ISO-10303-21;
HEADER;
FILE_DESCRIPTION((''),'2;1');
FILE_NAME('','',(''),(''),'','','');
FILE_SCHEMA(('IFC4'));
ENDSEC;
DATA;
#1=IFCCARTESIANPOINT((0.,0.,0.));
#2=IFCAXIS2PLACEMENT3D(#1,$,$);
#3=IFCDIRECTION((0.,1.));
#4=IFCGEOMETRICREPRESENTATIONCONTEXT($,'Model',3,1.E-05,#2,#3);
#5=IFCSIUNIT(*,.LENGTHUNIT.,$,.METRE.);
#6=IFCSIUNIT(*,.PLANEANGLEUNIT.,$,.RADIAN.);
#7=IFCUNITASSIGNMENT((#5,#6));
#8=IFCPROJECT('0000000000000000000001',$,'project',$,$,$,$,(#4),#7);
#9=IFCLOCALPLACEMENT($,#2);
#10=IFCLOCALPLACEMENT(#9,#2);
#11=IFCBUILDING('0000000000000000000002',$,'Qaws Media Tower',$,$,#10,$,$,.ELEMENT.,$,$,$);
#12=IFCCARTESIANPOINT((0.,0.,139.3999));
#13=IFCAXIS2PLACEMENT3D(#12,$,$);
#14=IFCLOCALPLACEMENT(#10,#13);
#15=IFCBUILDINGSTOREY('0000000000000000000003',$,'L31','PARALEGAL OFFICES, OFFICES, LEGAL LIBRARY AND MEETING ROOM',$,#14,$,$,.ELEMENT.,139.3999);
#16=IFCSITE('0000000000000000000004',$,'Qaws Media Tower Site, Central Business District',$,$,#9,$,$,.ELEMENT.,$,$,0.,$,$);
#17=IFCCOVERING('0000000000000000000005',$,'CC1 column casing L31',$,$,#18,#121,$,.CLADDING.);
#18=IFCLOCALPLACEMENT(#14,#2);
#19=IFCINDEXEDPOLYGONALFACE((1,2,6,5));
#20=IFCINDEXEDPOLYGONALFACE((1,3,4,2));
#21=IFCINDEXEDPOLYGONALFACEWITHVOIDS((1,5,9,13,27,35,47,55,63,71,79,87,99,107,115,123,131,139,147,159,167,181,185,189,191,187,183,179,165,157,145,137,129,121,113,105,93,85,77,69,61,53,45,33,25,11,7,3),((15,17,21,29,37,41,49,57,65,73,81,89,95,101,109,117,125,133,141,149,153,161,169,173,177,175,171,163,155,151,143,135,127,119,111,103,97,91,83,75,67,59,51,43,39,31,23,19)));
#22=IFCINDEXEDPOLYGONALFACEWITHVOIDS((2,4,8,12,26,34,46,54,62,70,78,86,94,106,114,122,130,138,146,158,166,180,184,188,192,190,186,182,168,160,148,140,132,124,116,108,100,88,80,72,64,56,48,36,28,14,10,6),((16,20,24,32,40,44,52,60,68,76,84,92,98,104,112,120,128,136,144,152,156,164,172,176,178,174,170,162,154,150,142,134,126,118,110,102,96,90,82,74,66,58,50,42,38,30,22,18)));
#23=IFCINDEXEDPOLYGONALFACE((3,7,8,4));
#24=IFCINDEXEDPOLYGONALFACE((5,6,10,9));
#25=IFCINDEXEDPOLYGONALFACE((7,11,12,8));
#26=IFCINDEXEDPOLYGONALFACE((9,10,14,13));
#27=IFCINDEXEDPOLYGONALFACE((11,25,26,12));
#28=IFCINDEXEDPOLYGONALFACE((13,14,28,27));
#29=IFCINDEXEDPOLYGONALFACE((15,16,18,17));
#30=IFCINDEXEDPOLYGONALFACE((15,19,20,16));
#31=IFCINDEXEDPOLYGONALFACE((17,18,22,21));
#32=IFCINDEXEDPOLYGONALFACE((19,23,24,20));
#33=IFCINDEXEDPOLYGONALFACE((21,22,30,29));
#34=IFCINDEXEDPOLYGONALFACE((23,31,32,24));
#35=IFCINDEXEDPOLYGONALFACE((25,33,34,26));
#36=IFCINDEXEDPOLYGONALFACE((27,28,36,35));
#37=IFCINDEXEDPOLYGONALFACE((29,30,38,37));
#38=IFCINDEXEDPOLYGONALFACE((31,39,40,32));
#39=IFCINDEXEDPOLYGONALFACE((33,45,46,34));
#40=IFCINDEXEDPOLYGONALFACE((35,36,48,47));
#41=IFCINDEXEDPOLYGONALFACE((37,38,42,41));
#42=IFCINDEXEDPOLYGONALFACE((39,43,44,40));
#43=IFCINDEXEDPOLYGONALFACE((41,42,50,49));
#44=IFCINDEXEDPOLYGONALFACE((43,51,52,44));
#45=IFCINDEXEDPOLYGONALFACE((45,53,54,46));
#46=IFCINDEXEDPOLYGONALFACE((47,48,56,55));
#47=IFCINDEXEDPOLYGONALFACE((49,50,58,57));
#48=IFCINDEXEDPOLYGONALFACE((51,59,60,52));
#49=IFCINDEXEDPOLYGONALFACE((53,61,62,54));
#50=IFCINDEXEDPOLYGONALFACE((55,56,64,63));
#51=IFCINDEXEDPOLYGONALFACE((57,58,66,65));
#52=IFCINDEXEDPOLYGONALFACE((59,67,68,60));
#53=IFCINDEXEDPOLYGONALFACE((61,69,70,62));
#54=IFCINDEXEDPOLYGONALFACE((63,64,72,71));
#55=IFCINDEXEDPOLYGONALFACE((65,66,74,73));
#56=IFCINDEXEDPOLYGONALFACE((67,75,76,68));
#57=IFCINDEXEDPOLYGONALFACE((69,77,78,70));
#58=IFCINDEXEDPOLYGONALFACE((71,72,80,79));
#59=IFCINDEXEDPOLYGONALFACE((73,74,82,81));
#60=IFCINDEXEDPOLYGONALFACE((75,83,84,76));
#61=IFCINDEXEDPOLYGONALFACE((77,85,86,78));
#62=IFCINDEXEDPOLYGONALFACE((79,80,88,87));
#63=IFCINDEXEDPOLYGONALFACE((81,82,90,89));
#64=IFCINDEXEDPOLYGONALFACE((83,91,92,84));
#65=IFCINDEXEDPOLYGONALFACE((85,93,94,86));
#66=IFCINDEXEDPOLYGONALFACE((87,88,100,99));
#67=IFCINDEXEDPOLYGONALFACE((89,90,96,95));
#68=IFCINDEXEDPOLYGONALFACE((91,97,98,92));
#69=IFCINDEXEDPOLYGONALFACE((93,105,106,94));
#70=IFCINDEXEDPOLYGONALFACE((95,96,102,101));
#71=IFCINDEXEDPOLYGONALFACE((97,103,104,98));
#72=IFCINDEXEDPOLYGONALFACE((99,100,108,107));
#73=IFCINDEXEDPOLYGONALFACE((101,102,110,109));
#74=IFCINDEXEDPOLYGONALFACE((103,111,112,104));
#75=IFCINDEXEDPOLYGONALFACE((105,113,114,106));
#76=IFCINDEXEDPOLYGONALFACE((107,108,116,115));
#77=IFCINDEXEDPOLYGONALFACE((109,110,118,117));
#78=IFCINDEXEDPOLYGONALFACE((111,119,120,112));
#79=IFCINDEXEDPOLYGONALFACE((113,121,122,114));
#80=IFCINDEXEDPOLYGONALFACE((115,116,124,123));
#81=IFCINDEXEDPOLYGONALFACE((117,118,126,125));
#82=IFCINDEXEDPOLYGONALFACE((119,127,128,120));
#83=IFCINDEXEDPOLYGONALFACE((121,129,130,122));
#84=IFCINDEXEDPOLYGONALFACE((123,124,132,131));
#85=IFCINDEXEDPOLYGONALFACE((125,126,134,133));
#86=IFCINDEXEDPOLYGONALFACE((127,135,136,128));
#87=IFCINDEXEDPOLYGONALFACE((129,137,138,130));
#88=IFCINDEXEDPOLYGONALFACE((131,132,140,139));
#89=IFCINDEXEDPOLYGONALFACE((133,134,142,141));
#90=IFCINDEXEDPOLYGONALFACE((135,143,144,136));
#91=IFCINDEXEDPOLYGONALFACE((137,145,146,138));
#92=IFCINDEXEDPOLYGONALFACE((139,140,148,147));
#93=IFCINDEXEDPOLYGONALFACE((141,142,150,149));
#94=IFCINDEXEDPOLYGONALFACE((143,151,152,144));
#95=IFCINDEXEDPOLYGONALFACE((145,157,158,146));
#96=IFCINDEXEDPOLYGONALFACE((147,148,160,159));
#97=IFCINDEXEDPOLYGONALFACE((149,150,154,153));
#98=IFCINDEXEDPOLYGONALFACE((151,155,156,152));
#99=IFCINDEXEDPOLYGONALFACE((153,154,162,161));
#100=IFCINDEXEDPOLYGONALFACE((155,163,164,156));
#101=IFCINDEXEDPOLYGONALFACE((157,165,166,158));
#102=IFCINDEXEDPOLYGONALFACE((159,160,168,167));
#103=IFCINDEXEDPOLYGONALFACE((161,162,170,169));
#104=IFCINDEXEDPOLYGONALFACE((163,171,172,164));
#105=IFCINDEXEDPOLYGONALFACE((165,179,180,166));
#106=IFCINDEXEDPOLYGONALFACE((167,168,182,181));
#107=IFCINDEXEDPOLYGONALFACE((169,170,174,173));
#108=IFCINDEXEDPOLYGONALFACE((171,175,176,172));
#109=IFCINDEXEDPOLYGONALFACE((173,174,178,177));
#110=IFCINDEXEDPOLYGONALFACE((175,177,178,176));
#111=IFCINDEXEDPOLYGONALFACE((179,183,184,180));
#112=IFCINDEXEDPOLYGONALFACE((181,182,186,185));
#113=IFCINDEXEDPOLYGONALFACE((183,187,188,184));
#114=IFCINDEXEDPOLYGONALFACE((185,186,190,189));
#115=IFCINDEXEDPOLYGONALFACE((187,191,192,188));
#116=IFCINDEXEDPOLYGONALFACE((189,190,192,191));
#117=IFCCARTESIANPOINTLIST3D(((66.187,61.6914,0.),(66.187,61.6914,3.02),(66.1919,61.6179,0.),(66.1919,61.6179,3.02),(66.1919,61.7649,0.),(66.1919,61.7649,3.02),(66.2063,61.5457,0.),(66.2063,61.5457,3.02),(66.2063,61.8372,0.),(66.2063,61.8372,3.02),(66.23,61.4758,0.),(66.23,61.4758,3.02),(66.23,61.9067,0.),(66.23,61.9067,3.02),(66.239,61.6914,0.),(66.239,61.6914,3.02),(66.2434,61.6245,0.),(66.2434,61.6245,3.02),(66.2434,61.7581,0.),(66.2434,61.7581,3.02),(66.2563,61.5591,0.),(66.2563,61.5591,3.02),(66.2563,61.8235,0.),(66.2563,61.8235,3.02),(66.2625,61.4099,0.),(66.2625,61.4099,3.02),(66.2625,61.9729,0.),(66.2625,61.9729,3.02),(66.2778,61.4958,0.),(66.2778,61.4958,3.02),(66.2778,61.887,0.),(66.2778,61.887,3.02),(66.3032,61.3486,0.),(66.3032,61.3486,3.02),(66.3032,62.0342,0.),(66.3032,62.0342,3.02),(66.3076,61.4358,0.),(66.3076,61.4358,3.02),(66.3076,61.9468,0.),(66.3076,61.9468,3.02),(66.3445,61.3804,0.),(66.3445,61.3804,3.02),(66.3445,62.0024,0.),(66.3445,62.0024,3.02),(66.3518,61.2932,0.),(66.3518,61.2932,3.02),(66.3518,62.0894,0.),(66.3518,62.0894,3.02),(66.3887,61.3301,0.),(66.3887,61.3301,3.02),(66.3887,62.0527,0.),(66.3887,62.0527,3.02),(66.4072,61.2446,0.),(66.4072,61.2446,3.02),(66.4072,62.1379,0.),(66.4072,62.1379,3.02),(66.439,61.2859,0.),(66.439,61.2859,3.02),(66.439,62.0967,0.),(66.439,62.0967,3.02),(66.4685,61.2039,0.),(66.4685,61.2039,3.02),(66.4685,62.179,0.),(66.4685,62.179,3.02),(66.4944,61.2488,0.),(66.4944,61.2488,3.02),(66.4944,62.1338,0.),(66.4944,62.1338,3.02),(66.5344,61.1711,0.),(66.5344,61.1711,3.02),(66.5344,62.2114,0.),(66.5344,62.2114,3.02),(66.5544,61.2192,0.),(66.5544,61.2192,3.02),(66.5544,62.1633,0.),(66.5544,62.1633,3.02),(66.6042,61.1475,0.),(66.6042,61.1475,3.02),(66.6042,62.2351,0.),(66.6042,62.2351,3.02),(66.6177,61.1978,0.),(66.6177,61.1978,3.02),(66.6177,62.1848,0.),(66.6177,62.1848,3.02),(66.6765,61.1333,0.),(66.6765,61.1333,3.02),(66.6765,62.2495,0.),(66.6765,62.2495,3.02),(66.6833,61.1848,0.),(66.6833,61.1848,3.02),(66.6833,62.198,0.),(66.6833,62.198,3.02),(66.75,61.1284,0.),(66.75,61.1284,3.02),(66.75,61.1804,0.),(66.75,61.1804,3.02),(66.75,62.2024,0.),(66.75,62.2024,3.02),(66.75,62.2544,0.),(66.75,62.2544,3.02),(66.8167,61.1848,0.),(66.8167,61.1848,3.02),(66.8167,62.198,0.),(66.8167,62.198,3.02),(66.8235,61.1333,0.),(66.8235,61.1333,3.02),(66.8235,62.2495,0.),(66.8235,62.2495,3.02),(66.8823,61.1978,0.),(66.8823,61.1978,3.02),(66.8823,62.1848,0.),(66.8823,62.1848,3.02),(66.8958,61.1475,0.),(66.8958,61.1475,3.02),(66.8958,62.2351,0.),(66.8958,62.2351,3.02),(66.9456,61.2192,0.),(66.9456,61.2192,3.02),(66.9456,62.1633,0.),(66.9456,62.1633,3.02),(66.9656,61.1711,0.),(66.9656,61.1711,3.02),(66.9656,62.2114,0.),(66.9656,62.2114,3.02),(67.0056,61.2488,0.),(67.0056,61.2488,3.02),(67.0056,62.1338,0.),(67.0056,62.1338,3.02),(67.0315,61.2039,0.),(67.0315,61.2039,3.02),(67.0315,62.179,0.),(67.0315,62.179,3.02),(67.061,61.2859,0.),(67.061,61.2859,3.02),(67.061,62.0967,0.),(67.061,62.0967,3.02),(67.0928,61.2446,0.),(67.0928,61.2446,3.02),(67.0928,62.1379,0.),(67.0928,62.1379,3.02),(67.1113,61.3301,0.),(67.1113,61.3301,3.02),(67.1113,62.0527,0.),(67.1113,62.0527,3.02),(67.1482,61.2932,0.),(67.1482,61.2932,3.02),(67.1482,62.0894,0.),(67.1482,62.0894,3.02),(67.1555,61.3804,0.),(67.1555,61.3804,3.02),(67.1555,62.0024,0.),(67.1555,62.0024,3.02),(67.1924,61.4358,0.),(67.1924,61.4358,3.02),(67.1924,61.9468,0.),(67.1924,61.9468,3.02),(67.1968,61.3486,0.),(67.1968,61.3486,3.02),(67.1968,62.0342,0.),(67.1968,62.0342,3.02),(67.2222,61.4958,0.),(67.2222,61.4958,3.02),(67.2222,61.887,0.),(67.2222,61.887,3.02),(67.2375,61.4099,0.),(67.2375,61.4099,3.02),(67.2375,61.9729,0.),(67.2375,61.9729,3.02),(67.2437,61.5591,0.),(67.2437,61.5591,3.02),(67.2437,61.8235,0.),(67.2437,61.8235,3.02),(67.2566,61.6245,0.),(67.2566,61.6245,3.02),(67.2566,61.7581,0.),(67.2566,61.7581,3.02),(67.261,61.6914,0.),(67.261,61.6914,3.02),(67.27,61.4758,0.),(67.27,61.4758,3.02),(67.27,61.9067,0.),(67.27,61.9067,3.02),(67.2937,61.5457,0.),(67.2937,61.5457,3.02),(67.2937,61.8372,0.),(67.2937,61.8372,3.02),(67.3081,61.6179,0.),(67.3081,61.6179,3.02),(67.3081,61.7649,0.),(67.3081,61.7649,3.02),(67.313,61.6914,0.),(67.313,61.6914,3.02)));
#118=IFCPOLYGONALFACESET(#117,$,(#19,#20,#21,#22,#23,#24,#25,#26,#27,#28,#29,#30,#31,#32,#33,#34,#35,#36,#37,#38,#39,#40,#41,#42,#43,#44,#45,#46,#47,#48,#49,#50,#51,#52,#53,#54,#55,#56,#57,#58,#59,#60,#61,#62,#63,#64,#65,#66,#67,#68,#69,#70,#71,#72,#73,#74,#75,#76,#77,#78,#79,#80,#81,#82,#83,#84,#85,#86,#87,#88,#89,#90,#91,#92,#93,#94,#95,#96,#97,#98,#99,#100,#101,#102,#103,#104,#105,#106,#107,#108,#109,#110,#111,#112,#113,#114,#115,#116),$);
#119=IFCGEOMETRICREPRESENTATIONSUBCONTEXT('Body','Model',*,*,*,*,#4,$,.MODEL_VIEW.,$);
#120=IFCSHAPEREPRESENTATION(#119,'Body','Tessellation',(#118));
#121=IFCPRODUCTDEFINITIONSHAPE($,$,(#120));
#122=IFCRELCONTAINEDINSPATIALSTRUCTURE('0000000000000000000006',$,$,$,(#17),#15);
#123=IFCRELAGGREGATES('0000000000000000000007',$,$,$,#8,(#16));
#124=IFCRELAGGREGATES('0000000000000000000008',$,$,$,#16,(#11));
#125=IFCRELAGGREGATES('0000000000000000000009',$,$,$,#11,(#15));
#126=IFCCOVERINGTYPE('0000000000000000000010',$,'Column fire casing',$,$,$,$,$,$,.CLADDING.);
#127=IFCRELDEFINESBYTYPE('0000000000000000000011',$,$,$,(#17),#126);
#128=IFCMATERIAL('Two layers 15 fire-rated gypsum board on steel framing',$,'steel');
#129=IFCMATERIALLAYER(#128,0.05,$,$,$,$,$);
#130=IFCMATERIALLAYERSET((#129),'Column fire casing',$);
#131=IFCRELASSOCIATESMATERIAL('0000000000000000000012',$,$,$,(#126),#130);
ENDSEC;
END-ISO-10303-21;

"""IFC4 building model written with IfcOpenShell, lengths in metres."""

from ifc_helpers import new_model, si_unit, direction, frame, origin, place, context, subcontext, project, spatial, polyline, outline, extrude, material, layer, layer_set, type_object, element, save


model = new_model("IFC4")

# Units and contexts
model_context = context("Model", 3, precision=1e-05, world=origin(), true_north=direction((0.0, 1.0)))
body_context = subcontext(model_context, "Body", "Model", "MODEL_VIEW")
ifc_project = project(units=[si_unit("LENGTHUNIT", "METRE"), si_unit("PLANEANGLEUNIT", "RADIAN")], contexts=[model_context])

# Site, building, storey
site_placement = place(None, origin())
site = spatial("IfcSite", under=ifc_project, at=site_placement, Name="Qaws Media Tower Site, Central Business District", CompositionType="ELEMENT", RefElevation=0.0)
building_placement = place(site_placement, origin())
building = spatial("IfcBuilding", under=site, at=building_placement, Name="Qaws Media Tower", CompositionType="ELEMENT")
storey_placement = place(building_placement, frame((0.0, 0.0, 139.3999)))
storey = spatial("IfcBuildingStorey", under=building, at=storey_placement, Name="L31", Description="PARALEGAL OFFICES, OFFICES, LEGAL LIBRARY AND MEETING ROOM", CompositionType="ELEMENT", Elevation=139.3999)

# Covering
ifc_material_1 = material(Name="Two layers 15 fire-rated gypsum board on steel framing", Category="steel")
ifc_layer_1 = layer(ifc_material_1, 0.05)
ifc_layer_set_1 = layer_set([ifc_layer_1], Name="Column fire casing")
covering_type = type_object("IfcCoveringType", Name="Column fire casing", PredefinedType="CLADDING", material=ifc_layer_set_1)
covering_1_placement = place(storey_placement, origin())
element("IfcCovering", 1, at=covering_1_placement, inside=storey, type_object=covering_type, Name="CC1 column casing L31", PredefinedType="CLADDING", context=body_context, shape_type="SweptSolid", body=[
    extrude(outline(polyline([(67.313, 61.6914), (67.3081, 61.6179), (67.2937, 61.5457), (67.27, 61.4758), (67.2375, 61.4099), (67.1968, 61.3486), (67.1482, 61.2932), (67.0928, 61.2446), (67.0315, 61.2039), (66.9656, 61.1711), (66.8958, 61.1475), (66.8235, 61.1333), (66.75, 61.1284), (66.6765, 61.1333), (66.6042, 61.1475), (66.5344, 61.1711), (66.4685, 61.2039), (66.4072, 61.2446), (66.3518, 61.2932), (66.3032, 61.3486), (66.2625, 61.4099), (66.23, 61.4758), (66.2063, 61.5457), (66.1919, 61.6179), (66.187, 61.6914), (66.1919, 61.7649), (66.2063, 61.8372), (66.23, 61.9067), (66.2625, 61.9729), (66.3032, 62.0342), (66.3518, 62.0894), (66.4072, 62.1379), (66.4685, 62.179), (66.5344, 62.2114), (66.6042, 62.2351), (66.6765, 62.2495), (66.75, 62.2544), (66.8235, 62.2495), (66.8958, 62.2351), (66.9656, 62.2114), (67.0315, 62.179), (67.0928, 62.1379), (67.1482, 62.0894), (67.1968, 62.0342), (67.2375, 61.9729), (67.27, 61.9067), (67.2937, 61.8372), (67.3081, 61.7649), (67.313, 61.6914)]), holes=[polyline([(67.261, 61.6914), (67.2566, 61.6245), (67.2437, 61.5591), (67.2222, 61.4958), (67.1924, 61.4358), (67.1555, 61.3804), (67.1113, 61.3301), (67.061, 61.2859), (67.0056, 61.2488), (66.9456, 61.2192), (66.8823, 61.1978), (66.8167, 61.1848), (66.75, 61.1804), (66.6833, 61.1848), (66.6177, 61.1978), (66.5544, 61.2192), (66.4944, 61.2488), (66.439, 61.2859), (66.3887, 61.3301), (66.3445, 61.3804), (66.3076, 61.4358), (66.2778, 61.4958), (66.2563, 61.5591), (66.2434, 61.6245), (66.239, 61.6914), (66.2434, 61.7581), (66.2563, 61.8235), (66.2778, 61.887), (66.3076, 61.9468), (66.3445, 62.0024), (66.3887, 62.0527), (66.439, 62.0967), (66.4944, 62.1338), (66.5544, 62.1633), (66.6177, 62.1848), (66.6833, 62.198), (66.75, 62.2024), (66.8167, 62.198), (66.8823, 62.1848), (66.9456, 62.1633), (67.0056, 62.1338), (67.061, 62.0967), (67.1113, 62.0527), (67.1555, 62.0024), (67.1924, 61.9468), (67.2222, 61.887), (67.2437, 61.8235), (67.2566, 61.7581), (67.261, 61.6914)])]), origin(), (0.0, 0.0, 1.0), 3.02),
])

save(model, "model.ifc")
